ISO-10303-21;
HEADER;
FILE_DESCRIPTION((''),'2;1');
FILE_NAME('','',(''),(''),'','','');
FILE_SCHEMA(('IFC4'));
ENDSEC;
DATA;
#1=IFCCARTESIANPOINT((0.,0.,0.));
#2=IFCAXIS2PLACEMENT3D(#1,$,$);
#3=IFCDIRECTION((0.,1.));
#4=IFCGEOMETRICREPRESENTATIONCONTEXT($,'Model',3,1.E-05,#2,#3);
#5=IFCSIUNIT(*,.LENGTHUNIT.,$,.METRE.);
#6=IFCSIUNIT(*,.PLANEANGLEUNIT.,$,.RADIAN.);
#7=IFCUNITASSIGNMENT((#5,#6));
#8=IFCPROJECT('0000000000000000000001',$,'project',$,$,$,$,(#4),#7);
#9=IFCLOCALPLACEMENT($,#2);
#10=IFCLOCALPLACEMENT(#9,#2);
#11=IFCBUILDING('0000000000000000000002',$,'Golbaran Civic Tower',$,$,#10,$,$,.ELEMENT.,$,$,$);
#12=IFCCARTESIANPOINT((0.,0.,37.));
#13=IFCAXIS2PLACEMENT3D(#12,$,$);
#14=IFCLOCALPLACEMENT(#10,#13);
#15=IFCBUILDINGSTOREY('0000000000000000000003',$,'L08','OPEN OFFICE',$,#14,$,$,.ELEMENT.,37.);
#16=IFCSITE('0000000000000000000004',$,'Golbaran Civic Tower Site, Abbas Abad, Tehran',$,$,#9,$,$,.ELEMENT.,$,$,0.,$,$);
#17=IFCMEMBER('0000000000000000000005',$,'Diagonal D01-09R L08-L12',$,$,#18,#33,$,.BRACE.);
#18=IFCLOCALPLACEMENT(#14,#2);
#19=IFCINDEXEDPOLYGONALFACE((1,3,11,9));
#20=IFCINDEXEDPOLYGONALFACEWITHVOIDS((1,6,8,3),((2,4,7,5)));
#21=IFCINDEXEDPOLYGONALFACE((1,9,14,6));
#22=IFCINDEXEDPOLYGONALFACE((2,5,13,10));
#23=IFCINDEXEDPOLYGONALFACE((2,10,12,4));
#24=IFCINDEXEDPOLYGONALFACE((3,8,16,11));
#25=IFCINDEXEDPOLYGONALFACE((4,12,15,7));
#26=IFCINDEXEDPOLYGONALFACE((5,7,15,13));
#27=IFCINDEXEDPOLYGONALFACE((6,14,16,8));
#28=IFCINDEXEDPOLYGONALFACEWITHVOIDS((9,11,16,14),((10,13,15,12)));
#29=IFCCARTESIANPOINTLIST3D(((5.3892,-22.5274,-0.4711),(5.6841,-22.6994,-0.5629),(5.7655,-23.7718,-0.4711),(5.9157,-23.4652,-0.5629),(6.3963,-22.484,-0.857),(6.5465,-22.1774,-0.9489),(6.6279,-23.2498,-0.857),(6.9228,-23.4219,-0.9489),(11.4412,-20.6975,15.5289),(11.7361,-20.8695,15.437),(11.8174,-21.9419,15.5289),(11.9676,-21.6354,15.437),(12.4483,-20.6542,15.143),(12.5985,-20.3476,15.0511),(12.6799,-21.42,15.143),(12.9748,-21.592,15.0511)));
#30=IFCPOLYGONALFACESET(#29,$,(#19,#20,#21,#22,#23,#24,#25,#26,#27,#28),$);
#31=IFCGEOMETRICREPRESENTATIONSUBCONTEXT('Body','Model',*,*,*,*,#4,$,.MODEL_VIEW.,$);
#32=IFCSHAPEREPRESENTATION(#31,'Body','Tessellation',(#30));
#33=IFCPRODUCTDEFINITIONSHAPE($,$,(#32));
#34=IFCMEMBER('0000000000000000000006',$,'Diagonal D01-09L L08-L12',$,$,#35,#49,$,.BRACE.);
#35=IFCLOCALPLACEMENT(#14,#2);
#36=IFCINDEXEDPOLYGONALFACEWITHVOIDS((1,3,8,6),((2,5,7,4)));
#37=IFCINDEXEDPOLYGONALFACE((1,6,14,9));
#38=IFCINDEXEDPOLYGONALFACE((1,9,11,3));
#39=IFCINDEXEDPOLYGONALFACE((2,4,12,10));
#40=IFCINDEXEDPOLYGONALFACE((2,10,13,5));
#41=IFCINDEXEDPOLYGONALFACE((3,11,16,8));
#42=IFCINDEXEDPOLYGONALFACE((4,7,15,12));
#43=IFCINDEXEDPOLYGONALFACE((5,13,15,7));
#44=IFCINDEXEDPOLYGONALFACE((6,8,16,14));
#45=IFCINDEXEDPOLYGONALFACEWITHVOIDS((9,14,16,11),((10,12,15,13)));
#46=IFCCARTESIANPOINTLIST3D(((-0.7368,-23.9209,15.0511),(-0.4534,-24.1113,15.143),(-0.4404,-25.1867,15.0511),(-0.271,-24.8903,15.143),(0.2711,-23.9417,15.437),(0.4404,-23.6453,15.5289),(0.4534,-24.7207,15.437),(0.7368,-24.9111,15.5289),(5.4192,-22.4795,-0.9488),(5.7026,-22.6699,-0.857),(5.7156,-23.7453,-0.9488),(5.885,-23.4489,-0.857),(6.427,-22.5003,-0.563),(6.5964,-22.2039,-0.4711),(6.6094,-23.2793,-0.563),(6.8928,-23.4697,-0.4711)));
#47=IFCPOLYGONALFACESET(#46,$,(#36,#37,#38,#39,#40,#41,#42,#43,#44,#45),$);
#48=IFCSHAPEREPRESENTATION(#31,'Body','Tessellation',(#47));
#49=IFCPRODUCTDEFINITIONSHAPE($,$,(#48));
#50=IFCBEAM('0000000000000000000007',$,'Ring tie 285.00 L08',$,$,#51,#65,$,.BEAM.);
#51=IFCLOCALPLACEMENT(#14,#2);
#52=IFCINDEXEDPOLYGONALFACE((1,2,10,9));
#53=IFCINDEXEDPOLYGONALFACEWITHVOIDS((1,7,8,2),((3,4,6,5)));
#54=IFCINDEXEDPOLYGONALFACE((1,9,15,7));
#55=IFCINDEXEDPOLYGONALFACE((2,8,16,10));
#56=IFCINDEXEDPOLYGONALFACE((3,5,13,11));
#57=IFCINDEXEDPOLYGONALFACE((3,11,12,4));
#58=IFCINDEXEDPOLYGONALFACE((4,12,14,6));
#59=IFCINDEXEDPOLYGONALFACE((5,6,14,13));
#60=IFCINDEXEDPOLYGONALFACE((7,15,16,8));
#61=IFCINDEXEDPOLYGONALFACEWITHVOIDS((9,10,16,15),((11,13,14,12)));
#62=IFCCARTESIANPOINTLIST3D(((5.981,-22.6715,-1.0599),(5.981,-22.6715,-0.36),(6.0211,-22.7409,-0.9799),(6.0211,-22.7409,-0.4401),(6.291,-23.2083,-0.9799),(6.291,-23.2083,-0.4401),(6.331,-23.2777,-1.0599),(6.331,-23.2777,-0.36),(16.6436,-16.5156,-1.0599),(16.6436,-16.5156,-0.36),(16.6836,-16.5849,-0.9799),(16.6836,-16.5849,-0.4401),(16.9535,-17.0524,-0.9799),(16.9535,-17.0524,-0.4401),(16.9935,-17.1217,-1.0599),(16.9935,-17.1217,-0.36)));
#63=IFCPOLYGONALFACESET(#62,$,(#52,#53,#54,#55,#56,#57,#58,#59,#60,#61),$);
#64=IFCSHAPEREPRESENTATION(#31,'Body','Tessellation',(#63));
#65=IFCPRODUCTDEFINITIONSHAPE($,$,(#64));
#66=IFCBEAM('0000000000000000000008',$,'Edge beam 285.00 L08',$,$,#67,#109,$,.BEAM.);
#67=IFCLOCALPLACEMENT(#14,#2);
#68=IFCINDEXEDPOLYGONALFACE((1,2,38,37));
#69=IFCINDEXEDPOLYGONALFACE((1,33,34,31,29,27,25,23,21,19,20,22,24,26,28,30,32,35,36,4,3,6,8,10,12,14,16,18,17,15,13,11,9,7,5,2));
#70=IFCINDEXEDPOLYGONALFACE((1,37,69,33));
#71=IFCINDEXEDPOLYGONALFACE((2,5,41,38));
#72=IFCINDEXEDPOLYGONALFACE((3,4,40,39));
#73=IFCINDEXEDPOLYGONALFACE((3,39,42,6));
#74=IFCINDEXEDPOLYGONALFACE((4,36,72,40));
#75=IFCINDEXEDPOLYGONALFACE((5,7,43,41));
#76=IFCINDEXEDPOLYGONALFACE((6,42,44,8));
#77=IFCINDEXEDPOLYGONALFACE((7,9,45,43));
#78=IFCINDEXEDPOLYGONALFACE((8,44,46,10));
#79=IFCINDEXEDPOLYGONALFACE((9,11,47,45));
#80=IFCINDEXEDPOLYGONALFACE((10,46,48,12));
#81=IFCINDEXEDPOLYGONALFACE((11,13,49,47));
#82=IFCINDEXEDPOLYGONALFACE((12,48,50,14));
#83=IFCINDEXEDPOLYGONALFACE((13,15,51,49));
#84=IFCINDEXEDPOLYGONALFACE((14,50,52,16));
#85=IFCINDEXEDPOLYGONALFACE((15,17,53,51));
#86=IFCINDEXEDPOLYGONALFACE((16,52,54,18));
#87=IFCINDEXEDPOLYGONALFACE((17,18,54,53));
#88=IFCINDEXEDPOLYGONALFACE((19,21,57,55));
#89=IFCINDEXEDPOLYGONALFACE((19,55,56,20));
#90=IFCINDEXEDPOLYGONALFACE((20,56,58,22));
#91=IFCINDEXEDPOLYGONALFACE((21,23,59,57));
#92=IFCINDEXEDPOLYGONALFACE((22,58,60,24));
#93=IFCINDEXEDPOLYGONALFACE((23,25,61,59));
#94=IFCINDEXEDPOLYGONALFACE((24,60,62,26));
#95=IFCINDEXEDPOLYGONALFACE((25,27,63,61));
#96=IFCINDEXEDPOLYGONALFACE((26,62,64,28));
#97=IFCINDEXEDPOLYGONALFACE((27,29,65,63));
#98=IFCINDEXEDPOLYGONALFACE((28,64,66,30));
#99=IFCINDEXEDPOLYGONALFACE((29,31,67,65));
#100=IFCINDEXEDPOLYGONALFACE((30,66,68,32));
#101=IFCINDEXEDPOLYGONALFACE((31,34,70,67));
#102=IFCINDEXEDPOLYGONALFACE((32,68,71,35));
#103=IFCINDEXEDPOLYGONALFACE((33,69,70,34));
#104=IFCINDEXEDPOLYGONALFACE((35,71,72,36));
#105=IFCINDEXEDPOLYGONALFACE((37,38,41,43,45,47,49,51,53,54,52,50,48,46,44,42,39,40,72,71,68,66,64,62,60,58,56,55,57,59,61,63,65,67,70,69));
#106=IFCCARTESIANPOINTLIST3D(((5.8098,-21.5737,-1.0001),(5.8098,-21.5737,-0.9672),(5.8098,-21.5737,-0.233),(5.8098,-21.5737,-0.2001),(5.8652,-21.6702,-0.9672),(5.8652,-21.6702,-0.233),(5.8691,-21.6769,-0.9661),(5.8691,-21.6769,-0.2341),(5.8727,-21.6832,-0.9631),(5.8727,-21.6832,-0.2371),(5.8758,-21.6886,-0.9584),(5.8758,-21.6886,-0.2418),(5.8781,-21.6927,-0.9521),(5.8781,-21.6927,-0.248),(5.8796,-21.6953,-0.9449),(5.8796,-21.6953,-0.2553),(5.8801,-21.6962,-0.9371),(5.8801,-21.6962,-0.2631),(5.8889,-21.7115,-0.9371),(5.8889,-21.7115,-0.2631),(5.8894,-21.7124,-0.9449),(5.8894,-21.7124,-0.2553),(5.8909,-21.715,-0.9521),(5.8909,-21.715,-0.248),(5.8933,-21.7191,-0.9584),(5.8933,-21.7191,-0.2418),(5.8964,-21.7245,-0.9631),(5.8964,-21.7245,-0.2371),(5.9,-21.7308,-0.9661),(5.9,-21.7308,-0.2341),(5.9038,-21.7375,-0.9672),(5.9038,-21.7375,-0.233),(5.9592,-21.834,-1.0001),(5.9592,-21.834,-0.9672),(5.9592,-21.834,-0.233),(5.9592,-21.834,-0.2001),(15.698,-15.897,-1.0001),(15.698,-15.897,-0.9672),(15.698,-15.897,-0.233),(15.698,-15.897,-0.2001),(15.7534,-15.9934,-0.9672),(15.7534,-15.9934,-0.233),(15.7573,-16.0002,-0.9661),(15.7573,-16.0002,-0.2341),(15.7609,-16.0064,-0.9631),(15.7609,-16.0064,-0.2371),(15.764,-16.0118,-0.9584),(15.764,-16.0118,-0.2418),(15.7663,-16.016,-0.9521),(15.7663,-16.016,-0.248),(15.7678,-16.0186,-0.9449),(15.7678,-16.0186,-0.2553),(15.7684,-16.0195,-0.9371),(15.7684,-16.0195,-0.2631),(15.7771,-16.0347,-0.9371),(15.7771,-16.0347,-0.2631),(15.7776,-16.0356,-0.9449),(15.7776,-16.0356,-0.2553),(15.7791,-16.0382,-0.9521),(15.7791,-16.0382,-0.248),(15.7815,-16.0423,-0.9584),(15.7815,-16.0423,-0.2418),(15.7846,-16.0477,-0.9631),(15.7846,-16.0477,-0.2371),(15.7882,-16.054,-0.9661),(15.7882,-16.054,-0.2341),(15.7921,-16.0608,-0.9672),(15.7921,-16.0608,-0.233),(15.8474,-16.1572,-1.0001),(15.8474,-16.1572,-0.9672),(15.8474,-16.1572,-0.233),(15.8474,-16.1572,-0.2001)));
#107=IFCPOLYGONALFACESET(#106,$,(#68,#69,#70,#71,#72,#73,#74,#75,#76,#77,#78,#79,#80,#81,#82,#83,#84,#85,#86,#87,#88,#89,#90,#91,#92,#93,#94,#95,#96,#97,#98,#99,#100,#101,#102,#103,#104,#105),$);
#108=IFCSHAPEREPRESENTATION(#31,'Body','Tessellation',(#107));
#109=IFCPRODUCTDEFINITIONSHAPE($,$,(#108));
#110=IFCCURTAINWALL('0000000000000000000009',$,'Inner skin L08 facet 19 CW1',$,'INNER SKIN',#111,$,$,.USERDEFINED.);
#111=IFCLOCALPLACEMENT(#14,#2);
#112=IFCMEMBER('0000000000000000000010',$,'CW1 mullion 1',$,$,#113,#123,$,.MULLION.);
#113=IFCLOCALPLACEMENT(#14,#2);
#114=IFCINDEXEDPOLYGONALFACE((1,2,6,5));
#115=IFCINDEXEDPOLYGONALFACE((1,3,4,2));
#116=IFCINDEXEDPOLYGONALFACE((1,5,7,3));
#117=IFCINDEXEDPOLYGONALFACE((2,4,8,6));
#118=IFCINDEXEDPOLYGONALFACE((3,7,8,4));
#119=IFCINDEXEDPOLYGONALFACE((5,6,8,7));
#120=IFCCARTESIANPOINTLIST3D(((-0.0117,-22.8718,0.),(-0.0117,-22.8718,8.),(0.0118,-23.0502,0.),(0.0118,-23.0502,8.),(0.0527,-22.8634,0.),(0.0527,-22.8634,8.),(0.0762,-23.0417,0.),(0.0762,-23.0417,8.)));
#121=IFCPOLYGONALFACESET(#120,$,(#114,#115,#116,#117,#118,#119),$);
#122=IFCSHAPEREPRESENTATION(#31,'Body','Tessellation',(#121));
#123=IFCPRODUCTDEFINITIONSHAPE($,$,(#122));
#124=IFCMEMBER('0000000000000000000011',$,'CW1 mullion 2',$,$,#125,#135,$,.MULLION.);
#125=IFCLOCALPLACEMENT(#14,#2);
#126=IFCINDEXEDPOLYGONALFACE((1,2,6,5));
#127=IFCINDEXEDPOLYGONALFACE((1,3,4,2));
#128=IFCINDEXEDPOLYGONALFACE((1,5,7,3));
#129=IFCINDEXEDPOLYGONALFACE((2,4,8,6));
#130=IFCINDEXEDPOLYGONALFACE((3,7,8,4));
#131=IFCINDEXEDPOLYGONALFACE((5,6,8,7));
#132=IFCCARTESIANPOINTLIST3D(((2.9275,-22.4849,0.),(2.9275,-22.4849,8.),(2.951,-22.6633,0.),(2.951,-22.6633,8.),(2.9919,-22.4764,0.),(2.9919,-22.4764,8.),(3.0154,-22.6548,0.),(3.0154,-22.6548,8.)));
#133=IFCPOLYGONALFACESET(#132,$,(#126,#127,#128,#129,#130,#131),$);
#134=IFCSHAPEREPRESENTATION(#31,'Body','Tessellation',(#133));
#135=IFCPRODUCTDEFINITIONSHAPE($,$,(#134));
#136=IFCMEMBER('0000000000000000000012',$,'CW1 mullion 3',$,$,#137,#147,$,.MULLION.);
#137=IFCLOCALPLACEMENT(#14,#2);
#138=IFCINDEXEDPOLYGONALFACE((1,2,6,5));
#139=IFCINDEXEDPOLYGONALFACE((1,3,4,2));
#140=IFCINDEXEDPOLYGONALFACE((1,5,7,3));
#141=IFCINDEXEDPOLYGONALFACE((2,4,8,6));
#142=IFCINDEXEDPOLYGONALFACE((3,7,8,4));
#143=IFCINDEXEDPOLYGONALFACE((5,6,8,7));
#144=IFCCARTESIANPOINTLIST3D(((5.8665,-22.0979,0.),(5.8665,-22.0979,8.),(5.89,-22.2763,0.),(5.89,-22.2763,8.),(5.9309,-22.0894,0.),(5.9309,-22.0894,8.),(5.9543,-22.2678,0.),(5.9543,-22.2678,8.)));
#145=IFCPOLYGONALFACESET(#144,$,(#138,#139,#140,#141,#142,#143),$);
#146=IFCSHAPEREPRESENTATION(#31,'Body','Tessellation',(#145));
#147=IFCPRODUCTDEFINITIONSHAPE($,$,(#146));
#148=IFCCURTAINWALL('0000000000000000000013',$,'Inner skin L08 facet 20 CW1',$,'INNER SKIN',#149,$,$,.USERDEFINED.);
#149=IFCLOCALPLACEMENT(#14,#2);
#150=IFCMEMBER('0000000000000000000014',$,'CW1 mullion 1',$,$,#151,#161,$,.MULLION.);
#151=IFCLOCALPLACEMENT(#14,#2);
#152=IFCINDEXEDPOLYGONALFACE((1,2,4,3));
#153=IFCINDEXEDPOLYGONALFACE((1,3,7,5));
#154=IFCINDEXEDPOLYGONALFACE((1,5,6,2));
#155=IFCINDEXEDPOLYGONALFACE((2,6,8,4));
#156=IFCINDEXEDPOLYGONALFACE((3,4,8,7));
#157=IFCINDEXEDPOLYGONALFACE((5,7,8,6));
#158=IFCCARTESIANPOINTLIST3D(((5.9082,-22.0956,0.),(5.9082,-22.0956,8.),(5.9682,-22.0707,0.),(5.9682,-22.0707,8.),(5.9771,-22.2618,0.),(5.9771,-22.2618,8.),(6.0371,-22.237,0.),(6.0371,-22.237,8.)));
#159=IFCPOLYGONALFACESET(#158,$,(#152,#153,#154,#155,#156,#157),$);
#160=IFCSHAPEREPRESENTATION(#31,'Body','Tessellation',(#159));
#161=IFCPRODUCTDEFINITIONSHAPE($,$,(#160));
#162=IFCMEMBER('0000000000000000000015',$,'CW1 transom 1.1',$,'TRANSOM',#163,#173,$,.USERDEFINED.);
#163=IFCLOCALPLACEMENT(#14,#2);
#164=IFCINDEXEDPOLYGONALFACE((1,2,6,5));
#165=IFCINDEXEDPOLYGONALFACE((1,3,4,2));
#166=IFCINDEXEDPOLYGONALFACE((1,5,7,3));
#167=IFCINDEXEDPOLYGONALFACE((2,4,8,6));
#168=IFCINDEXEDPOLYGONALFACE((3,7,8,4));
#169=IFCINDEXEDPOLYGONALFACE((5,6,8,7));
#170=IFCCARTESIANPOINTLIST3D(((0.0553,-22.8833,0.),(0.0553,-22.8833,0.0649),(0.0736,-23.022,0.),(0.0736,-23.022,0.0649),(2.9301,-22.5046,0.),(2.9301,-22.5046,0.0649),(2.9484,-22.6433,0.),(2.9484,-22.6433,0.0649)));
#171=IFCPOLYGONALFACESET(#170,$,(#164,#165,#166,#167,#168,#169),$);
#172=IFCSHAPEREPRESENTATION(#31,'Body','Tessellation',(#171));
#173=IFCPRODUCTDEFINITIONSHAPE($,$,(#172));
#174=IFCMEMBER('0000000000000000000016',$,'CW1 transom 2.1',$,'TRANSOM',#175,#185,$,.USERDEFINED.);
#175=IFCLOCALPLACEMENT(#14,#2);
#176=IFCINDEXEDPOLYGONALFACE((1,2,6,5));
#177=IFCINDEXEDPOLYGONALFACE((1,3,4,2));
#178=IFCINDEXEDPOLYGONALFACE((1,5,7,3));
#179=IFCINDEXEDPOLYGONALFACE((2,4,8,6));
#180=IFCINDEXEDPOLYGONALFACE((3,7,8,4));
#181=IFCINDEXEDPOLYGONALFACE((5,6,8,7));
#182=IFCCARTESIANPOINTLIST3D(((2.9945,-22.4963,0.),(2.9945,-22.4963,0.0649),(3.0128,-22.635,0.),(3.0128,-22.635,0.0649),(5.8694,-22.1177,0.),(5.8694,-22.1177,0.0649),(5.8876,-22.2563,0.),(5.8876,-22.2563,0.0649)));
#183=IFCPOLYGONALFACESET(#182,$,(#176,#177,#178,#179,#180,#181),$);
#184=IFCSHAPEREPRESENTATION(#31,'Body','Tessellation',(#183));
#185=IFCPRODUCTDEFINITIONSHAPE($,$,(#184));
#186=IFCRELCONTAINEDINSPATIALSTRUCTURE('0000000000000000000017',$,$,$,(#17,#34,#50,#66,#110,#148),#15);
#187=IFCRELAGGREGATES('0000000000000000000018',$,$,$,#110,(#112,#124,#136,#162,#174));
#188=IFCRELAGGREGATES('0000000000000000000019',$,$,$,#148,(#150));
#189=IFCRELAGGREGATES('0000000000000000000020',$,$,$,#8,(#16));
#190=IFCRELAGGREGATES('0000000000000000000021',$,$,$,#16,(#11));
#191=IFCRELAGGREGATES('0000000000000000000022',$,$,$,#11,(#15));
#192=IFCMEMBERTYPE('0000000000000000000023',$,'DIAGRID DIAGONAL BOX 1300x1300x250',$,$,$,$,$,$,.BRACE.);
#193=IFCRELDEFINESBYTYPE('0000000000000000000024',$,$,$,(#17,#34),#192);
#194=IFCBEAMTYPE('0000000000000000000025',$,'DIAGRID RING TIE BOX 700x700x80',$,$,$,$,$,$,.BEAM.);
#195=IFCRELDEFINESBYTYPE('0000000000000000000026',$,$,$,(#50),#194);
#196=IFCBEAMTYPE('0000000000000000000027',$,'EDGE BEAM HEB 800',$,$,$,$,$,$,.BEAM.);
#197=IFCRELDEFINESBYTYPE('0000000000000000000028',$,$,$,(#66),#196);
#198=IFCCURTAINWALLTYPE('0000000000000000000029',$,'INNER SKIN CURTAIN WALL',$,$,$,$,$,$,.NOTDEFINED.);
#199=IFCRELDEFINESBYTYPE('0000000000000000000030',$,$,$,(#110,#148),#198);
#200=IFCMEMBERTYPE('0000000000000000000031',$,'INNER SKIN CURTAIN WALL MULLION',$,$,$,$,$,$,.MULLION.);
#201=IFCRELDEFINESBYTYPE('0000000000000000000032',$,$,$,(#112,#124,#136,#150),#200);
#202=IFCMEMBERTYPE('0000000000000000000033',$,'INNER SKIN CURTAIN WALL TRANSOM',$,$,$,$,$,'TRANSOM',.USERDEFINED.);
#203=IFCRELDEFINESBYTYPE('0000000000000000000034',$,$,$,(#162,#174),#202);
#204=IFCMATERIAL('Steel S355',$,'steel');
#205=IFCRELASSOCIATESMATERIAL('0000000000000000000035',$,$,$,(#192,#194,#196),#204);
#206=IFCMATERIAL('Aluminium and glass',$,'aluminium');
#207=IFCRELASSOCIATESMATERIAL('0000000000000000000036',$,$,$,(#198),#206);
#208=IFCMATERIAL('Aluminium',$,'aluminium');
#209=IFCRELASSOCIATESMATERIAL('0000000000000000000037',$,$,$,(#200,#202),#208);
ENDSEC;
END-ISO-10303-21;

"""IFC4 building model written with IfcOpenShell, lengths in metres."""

from ifc_helpers import new_model, si_unit, direction, frame, origin, origin_2d, place, context, subcontext, project, spatial, rectangle, hollow_rectangle, i_section, extrude, material, material_profile, profile_set, type_object, element, aggregate, save


model = new_model("IFC4")

# Units and contexts
model_context = context("Model", 3, precision=1e-05, world=origin(), true_north=direction((0.0, 1.0)))
body_context = subcontext(model_context, "Body", "Model", "MODEL_VIEW")
ifc_project = project(units=[si_unit("LENGTHUNIT", "METRE"), si_unit("PLANEANGLEUNIT", "RADIAN")], contexts=[model_context])

# Site, building, storey
site_placement = place(None, origin())
site = spatial("IfcSite", under=ifc_project, at=site_placement, Name="Golbaran Civic Tower Site, Abbas Abad, Tehran", CompositionType="ELEMENT", RefElevation=0.0)
building_placement = place(site_placement, origin())
building = spatial("IfcBuilding", under=site, at=building_placement, Name="Golbaran Civic Tower", CompositionType="ELEMENT")
storey_placement = place(building_placement, frame((0.0, 0.0, 37.0)))
storey = spatial("IfcBuildingStorey", under=building, at=storey_placement, Name="L08", Description="OPEN OFFICE", CompositionType="ELEMENT", Elevation=37.0)

# Members
ifc_material_1 = material(Name="Steel S355", Category="steel")
ifc_material_profile_1 = material_profile(ifc_material_1, hollow_rectangle(XDim=1.3, YDim=1.3, WallThickness=0.25, at=origin_2d()), Name="BOX 1300x1300x250")
ifc_profile_set_1 = profile_set([ifc_material_profile_1], Name="Steel S355")
member_type_1 = type_object("IfcMemberType", Name="DIAGRID DIAGONAL BOX 1300x1300x250", PredefinedType="BRACE", material=ifc_profile_set_1)
for number, where, z_axis, x_axis, name in (
    (1, (6.156, -22.9746, -0.71), (0.35178, 0.106361, 0.93002), (-0.289413, 0.957204, 0.0), "Diagonal D01-09R L08-L12"),
    (2, (6.156, -22.9746, -0.71), (-0.357826, -0.083784, 0.930022), (0.22798, -0.973666, 0.0), "Diagonal D01-09L L08-L12"),
):
    element("IfcMember", number, at=place(storey_placement, frame(where, z_axis=z_axis, x_axis=x_axis)), inside=storey, type_object=member_type_1, Name=name, PredefinedType="BRACE", context=body_context, shape_type="SweptSolid", body=[
        extrude(hollow_rectangle(XDim=1.3, YDim=1.3, WallThickness=0.25, at=origin_2d()), origin(), (0.0, 0.0, 1.0), 17.2039),
    ])

# Beams
ifc_material_profile_2 = material_profile(ifc_material_1, hollow_rectangle(XDim=0.7, YDim=0.7, WallThickness=0.0801, at=origin_2d()), Name="BOX 700x700x80")
ifc_profile_set_2 = profile_set([ifc_material_profile_2], Name="Steel S355")
beam_type_1 = type_object("IfcBeamType", Name="DIAGRID RING TIE BOX 700x700x80", PredefinedType="BEAM", material=ifc_profile_set_2)
beam_1_placement = place(storey_placement, frame((6.156, -22.9746, -0.71), z_axis=(0.866027, 0.499997, 0.0), x_axis=(-0.499997, 0.866027, 0.0)))
element("IfcBeam", 3, at=beam_1_placement, inside=storey, type_object=beam_type_1, Name="Ring tie 285.00 L08", PredefinedType="BEAM", context=body_context, shape_type="SweptSolid", body=[
    extrude(hollow_rectangle(XDim=0.7, YDim=0.7, WallThickness=0.0801, at=origin_2d()), origin(), (0.0, 0.0, 1.0), 12.312),
])
ifc_material_profile_3 = material_profile(ifc_material_1, i_section(OverallWidth=0.3, OverallDepth=0.8, WebThickness=0.0176, FlangeThickness=0.033, FilletRadius=0.03, at=origin_2d()), Name="HEB 800")
ifc_profile_set_3 = profile_set([ifc_material_profile_3], Name="Steel S355")
beam_type_2 = type_object("IfcBeamType", Name="EDGE BEAM HEB 800", PredefinedType="BEAM", material=ifc_profile_set_3)
beam_2_placement = place(storey_placement, frame((5.8845, -21.7039, -0.6001), z_axis=(0.867245, 0.497881, 0.0), x_axis=(-0.497881, 0.867245, 0.0)))
element("IfcBeam", 4, at=beam_2_placement, inside=storey, type_object=beam_type_2, Name="Edge beam 285.00 L08", PredefinedType="BEAM", context=body_context, shape_type="SweptSolid", body=[
    extrude(i_section(OverallWidth=0.3, OverallDepth=0.8, WebThickness=0.0176, FlangeThickness=0.033, FilletRadius=0.03, at=origin_2d()), origin(), (0.0, 0.0, 1.0), 11.4019),
])

# Curtain wall, members
ifc_material_2 = material(Name="Aluminium and glass", Category="aluminium")
curtain_wall_type_1 = type_object("IfcCurtainWallType", Name="INNER SKIN CURTAIN WALL", PredefinedType="NOTDEFINED", material=ifc_material_2)
curtain_wall_1_placement = place(storey_placement, origin())
curtain_wall_1 = element("IfcCurtainWall", 5, at=curtain_wall_1_placement, inside=storey, type_object=curtain_wall_type_1, Name="Inner skin L08 facet 19 CW1", ObjectType="INNER SKIN", PredefinedType="USERDEFINED")
ifc_material_3 = material(Name="Aluminium", Category="aluminium")
ifc_material_profile_4 = material_profile(ifc_material_3, rectangle(XDim=0.1799, YDim=0.0649, at=origin_2d()), Name="INNER SKIN CURTAIN WALL MULLION")
ifc_profile_set_4 = profile_set([ifc_material_profile_4], Name="Aluminium")
member_type_2 = type_object("IfcMemberType", Name="INNER SKIN CURTAIN WALL MULLION", PredefinedType="MULLION", material=ifc_profile_set_4)
member_1_placement = place(storey_placement, frame((0.0322, -22.9568, 0.0), z_axis=(0.0, 0.0, 1.0), x_axis=(-0.130526, 0.991445, 0.0)))
member_1 = element("IfcMember", 6, at=member_1_placement, type_object=member_type_2, Name="CW1 mullion 1", PredefinedType="MULLION", context=body_context, shape_type="SweptSolid", body=[
    extrude(rectangle(XDim=0.1799, YDim=0.0649, at=origin_2d()), origin(), (0.0, 0.0, 1.0), 8.0),
])
member_2_placement = place(storey_placement, frame((2.9714, -22.5698, 0.0), z_axis=(0.0, 0.0, 1.0), x_axis=(-0.130526, 0.991445, 0.0)))
member_2 = element("IfcMember", 7, at=member_2_placement, type_object=member_type_2, Name="CW1 mullion 2", PredefinedType="MULLION", context=body_context, shape_type="SweptSolid", body=[
    extrude(rectangle(XDim=0.1799, YDim=0.0649, at=origin_2d()), origin(), (0.0, 0.0, 1.0), 8.0),
])
member_3_placement = place(storey_placement, frame((5.9104, -22.1829, 0.0), z_axis=(0.0, 0.0, 1.0), x_axis=(-0.130526, 0.991445, 0.0)))
member_3 = element("IfcMember", 8, at=member_3_placement, type_object=member_type_2, Name="CW1 mullion 3", PredefinedType="MULLION", context=body_context, shape_type="SweptSolid", body=[
    extrude(rectangle(XDim=0.1799, YDim=0.0649, at=origin_2d()), origin(), (0.0, 0.0, 1.0), 8.0),
])

# Curtain wall, member
curtain_wall_2_placement = place(storey_placement, origin())
curtain_wall_2 = element("IfcCurtainWall", 9, at=curtain_wall_2_placement, inside=storey, type_object=curtain_wall_type_1, Name="Inner skin L08 facet 20 CW1", ObjectType="INNER SKIN", PredefinedType="USERDEFINED")
member_4_placement = place(storey_placement, frame((5.9727, -22.1663, 0.0), z_axis=(0.0, 0.0, 1.0), x_axis=(-0.382683, 0.92388, 0.0)))
member_4 = element("IfcMember", 10, at=member_4_placement, type_object=member_type_2, Name="CW1 mullion 1", PredefinedType="MULLION", context=body_context, shape_type="SweptSolid", body=[
    extrude(rectangle(XDim=0.1799, YDim=0.0649, at=origin_2d()), origin(), (0.0, 0.0, 1.0), 8.0),
])

# Members
ifc_material_profile_5 = material_profile(ifc_material_3, rectangle(XDim=0.1399, YDim=0.0649, at=origin_2d()), Name="INNER SKIN CURTAIN WALL TRANSOM")
ifc_profile_set_5 = profile_set([ifc_material_profile_5], Name="Aluminium")
member_type_3 = type_object("IfcMemberType", Name="INNER SKIN CURTAIN WALL TRANSOM", ElementType="TRANSOM", PredefinedType="USERDEFINED", material=ifc_profile_set_5)
member_5_placement = place(storey_placement, frame((0.0645, -22.9526, 0.0325), z_axis=(0.991436, 0.130592, 0.0), x_axis=(-0.130592, 0.991436, 0.0)))
member_5 = element("IfcMember", 11, at=member_5_placement, type_object=member_type_3, Name="CW1 transom 1.1", ObjectType="TRANSOM", PredefinedType="USERDEFINED", context=body_context, shape_type="SweptSolid", body=[
    extrude(rectangle(XDim=0.1399, YDim=0.0649, at=origin_2d()), origin(), (0.0, 0.0, 1.0), 2.8997),
])
member_6_placement = place(storey_placement, frame((3.0037, -22.5657, 0.0325), z_axis=(0.991436, 0.130592, 0.0), x_axis=(-0.130592, 0.991436, 0.0)))
member_6 = element("IfcMember", 12, at=member_6_placement, type_object=member_type_3, Name="CW1 transom 2.1", ObjectType="TRANSOM", PredefinedType="USERDEFINED", context=body_context, shape_type="SweptSolid", body=[
    extrude(rectangle(XDim=0.1399, YDim=0.0649, at=origin_2d()), origin(), (0.0, 0.0, 1.0), 2.8997),
])

aggregate(curtain_wall_1, [member_1, member_2, member_3, member_5, member_6])
aggregate(curtain_wall_2, [member_4])

save(model, "model.ifc")
